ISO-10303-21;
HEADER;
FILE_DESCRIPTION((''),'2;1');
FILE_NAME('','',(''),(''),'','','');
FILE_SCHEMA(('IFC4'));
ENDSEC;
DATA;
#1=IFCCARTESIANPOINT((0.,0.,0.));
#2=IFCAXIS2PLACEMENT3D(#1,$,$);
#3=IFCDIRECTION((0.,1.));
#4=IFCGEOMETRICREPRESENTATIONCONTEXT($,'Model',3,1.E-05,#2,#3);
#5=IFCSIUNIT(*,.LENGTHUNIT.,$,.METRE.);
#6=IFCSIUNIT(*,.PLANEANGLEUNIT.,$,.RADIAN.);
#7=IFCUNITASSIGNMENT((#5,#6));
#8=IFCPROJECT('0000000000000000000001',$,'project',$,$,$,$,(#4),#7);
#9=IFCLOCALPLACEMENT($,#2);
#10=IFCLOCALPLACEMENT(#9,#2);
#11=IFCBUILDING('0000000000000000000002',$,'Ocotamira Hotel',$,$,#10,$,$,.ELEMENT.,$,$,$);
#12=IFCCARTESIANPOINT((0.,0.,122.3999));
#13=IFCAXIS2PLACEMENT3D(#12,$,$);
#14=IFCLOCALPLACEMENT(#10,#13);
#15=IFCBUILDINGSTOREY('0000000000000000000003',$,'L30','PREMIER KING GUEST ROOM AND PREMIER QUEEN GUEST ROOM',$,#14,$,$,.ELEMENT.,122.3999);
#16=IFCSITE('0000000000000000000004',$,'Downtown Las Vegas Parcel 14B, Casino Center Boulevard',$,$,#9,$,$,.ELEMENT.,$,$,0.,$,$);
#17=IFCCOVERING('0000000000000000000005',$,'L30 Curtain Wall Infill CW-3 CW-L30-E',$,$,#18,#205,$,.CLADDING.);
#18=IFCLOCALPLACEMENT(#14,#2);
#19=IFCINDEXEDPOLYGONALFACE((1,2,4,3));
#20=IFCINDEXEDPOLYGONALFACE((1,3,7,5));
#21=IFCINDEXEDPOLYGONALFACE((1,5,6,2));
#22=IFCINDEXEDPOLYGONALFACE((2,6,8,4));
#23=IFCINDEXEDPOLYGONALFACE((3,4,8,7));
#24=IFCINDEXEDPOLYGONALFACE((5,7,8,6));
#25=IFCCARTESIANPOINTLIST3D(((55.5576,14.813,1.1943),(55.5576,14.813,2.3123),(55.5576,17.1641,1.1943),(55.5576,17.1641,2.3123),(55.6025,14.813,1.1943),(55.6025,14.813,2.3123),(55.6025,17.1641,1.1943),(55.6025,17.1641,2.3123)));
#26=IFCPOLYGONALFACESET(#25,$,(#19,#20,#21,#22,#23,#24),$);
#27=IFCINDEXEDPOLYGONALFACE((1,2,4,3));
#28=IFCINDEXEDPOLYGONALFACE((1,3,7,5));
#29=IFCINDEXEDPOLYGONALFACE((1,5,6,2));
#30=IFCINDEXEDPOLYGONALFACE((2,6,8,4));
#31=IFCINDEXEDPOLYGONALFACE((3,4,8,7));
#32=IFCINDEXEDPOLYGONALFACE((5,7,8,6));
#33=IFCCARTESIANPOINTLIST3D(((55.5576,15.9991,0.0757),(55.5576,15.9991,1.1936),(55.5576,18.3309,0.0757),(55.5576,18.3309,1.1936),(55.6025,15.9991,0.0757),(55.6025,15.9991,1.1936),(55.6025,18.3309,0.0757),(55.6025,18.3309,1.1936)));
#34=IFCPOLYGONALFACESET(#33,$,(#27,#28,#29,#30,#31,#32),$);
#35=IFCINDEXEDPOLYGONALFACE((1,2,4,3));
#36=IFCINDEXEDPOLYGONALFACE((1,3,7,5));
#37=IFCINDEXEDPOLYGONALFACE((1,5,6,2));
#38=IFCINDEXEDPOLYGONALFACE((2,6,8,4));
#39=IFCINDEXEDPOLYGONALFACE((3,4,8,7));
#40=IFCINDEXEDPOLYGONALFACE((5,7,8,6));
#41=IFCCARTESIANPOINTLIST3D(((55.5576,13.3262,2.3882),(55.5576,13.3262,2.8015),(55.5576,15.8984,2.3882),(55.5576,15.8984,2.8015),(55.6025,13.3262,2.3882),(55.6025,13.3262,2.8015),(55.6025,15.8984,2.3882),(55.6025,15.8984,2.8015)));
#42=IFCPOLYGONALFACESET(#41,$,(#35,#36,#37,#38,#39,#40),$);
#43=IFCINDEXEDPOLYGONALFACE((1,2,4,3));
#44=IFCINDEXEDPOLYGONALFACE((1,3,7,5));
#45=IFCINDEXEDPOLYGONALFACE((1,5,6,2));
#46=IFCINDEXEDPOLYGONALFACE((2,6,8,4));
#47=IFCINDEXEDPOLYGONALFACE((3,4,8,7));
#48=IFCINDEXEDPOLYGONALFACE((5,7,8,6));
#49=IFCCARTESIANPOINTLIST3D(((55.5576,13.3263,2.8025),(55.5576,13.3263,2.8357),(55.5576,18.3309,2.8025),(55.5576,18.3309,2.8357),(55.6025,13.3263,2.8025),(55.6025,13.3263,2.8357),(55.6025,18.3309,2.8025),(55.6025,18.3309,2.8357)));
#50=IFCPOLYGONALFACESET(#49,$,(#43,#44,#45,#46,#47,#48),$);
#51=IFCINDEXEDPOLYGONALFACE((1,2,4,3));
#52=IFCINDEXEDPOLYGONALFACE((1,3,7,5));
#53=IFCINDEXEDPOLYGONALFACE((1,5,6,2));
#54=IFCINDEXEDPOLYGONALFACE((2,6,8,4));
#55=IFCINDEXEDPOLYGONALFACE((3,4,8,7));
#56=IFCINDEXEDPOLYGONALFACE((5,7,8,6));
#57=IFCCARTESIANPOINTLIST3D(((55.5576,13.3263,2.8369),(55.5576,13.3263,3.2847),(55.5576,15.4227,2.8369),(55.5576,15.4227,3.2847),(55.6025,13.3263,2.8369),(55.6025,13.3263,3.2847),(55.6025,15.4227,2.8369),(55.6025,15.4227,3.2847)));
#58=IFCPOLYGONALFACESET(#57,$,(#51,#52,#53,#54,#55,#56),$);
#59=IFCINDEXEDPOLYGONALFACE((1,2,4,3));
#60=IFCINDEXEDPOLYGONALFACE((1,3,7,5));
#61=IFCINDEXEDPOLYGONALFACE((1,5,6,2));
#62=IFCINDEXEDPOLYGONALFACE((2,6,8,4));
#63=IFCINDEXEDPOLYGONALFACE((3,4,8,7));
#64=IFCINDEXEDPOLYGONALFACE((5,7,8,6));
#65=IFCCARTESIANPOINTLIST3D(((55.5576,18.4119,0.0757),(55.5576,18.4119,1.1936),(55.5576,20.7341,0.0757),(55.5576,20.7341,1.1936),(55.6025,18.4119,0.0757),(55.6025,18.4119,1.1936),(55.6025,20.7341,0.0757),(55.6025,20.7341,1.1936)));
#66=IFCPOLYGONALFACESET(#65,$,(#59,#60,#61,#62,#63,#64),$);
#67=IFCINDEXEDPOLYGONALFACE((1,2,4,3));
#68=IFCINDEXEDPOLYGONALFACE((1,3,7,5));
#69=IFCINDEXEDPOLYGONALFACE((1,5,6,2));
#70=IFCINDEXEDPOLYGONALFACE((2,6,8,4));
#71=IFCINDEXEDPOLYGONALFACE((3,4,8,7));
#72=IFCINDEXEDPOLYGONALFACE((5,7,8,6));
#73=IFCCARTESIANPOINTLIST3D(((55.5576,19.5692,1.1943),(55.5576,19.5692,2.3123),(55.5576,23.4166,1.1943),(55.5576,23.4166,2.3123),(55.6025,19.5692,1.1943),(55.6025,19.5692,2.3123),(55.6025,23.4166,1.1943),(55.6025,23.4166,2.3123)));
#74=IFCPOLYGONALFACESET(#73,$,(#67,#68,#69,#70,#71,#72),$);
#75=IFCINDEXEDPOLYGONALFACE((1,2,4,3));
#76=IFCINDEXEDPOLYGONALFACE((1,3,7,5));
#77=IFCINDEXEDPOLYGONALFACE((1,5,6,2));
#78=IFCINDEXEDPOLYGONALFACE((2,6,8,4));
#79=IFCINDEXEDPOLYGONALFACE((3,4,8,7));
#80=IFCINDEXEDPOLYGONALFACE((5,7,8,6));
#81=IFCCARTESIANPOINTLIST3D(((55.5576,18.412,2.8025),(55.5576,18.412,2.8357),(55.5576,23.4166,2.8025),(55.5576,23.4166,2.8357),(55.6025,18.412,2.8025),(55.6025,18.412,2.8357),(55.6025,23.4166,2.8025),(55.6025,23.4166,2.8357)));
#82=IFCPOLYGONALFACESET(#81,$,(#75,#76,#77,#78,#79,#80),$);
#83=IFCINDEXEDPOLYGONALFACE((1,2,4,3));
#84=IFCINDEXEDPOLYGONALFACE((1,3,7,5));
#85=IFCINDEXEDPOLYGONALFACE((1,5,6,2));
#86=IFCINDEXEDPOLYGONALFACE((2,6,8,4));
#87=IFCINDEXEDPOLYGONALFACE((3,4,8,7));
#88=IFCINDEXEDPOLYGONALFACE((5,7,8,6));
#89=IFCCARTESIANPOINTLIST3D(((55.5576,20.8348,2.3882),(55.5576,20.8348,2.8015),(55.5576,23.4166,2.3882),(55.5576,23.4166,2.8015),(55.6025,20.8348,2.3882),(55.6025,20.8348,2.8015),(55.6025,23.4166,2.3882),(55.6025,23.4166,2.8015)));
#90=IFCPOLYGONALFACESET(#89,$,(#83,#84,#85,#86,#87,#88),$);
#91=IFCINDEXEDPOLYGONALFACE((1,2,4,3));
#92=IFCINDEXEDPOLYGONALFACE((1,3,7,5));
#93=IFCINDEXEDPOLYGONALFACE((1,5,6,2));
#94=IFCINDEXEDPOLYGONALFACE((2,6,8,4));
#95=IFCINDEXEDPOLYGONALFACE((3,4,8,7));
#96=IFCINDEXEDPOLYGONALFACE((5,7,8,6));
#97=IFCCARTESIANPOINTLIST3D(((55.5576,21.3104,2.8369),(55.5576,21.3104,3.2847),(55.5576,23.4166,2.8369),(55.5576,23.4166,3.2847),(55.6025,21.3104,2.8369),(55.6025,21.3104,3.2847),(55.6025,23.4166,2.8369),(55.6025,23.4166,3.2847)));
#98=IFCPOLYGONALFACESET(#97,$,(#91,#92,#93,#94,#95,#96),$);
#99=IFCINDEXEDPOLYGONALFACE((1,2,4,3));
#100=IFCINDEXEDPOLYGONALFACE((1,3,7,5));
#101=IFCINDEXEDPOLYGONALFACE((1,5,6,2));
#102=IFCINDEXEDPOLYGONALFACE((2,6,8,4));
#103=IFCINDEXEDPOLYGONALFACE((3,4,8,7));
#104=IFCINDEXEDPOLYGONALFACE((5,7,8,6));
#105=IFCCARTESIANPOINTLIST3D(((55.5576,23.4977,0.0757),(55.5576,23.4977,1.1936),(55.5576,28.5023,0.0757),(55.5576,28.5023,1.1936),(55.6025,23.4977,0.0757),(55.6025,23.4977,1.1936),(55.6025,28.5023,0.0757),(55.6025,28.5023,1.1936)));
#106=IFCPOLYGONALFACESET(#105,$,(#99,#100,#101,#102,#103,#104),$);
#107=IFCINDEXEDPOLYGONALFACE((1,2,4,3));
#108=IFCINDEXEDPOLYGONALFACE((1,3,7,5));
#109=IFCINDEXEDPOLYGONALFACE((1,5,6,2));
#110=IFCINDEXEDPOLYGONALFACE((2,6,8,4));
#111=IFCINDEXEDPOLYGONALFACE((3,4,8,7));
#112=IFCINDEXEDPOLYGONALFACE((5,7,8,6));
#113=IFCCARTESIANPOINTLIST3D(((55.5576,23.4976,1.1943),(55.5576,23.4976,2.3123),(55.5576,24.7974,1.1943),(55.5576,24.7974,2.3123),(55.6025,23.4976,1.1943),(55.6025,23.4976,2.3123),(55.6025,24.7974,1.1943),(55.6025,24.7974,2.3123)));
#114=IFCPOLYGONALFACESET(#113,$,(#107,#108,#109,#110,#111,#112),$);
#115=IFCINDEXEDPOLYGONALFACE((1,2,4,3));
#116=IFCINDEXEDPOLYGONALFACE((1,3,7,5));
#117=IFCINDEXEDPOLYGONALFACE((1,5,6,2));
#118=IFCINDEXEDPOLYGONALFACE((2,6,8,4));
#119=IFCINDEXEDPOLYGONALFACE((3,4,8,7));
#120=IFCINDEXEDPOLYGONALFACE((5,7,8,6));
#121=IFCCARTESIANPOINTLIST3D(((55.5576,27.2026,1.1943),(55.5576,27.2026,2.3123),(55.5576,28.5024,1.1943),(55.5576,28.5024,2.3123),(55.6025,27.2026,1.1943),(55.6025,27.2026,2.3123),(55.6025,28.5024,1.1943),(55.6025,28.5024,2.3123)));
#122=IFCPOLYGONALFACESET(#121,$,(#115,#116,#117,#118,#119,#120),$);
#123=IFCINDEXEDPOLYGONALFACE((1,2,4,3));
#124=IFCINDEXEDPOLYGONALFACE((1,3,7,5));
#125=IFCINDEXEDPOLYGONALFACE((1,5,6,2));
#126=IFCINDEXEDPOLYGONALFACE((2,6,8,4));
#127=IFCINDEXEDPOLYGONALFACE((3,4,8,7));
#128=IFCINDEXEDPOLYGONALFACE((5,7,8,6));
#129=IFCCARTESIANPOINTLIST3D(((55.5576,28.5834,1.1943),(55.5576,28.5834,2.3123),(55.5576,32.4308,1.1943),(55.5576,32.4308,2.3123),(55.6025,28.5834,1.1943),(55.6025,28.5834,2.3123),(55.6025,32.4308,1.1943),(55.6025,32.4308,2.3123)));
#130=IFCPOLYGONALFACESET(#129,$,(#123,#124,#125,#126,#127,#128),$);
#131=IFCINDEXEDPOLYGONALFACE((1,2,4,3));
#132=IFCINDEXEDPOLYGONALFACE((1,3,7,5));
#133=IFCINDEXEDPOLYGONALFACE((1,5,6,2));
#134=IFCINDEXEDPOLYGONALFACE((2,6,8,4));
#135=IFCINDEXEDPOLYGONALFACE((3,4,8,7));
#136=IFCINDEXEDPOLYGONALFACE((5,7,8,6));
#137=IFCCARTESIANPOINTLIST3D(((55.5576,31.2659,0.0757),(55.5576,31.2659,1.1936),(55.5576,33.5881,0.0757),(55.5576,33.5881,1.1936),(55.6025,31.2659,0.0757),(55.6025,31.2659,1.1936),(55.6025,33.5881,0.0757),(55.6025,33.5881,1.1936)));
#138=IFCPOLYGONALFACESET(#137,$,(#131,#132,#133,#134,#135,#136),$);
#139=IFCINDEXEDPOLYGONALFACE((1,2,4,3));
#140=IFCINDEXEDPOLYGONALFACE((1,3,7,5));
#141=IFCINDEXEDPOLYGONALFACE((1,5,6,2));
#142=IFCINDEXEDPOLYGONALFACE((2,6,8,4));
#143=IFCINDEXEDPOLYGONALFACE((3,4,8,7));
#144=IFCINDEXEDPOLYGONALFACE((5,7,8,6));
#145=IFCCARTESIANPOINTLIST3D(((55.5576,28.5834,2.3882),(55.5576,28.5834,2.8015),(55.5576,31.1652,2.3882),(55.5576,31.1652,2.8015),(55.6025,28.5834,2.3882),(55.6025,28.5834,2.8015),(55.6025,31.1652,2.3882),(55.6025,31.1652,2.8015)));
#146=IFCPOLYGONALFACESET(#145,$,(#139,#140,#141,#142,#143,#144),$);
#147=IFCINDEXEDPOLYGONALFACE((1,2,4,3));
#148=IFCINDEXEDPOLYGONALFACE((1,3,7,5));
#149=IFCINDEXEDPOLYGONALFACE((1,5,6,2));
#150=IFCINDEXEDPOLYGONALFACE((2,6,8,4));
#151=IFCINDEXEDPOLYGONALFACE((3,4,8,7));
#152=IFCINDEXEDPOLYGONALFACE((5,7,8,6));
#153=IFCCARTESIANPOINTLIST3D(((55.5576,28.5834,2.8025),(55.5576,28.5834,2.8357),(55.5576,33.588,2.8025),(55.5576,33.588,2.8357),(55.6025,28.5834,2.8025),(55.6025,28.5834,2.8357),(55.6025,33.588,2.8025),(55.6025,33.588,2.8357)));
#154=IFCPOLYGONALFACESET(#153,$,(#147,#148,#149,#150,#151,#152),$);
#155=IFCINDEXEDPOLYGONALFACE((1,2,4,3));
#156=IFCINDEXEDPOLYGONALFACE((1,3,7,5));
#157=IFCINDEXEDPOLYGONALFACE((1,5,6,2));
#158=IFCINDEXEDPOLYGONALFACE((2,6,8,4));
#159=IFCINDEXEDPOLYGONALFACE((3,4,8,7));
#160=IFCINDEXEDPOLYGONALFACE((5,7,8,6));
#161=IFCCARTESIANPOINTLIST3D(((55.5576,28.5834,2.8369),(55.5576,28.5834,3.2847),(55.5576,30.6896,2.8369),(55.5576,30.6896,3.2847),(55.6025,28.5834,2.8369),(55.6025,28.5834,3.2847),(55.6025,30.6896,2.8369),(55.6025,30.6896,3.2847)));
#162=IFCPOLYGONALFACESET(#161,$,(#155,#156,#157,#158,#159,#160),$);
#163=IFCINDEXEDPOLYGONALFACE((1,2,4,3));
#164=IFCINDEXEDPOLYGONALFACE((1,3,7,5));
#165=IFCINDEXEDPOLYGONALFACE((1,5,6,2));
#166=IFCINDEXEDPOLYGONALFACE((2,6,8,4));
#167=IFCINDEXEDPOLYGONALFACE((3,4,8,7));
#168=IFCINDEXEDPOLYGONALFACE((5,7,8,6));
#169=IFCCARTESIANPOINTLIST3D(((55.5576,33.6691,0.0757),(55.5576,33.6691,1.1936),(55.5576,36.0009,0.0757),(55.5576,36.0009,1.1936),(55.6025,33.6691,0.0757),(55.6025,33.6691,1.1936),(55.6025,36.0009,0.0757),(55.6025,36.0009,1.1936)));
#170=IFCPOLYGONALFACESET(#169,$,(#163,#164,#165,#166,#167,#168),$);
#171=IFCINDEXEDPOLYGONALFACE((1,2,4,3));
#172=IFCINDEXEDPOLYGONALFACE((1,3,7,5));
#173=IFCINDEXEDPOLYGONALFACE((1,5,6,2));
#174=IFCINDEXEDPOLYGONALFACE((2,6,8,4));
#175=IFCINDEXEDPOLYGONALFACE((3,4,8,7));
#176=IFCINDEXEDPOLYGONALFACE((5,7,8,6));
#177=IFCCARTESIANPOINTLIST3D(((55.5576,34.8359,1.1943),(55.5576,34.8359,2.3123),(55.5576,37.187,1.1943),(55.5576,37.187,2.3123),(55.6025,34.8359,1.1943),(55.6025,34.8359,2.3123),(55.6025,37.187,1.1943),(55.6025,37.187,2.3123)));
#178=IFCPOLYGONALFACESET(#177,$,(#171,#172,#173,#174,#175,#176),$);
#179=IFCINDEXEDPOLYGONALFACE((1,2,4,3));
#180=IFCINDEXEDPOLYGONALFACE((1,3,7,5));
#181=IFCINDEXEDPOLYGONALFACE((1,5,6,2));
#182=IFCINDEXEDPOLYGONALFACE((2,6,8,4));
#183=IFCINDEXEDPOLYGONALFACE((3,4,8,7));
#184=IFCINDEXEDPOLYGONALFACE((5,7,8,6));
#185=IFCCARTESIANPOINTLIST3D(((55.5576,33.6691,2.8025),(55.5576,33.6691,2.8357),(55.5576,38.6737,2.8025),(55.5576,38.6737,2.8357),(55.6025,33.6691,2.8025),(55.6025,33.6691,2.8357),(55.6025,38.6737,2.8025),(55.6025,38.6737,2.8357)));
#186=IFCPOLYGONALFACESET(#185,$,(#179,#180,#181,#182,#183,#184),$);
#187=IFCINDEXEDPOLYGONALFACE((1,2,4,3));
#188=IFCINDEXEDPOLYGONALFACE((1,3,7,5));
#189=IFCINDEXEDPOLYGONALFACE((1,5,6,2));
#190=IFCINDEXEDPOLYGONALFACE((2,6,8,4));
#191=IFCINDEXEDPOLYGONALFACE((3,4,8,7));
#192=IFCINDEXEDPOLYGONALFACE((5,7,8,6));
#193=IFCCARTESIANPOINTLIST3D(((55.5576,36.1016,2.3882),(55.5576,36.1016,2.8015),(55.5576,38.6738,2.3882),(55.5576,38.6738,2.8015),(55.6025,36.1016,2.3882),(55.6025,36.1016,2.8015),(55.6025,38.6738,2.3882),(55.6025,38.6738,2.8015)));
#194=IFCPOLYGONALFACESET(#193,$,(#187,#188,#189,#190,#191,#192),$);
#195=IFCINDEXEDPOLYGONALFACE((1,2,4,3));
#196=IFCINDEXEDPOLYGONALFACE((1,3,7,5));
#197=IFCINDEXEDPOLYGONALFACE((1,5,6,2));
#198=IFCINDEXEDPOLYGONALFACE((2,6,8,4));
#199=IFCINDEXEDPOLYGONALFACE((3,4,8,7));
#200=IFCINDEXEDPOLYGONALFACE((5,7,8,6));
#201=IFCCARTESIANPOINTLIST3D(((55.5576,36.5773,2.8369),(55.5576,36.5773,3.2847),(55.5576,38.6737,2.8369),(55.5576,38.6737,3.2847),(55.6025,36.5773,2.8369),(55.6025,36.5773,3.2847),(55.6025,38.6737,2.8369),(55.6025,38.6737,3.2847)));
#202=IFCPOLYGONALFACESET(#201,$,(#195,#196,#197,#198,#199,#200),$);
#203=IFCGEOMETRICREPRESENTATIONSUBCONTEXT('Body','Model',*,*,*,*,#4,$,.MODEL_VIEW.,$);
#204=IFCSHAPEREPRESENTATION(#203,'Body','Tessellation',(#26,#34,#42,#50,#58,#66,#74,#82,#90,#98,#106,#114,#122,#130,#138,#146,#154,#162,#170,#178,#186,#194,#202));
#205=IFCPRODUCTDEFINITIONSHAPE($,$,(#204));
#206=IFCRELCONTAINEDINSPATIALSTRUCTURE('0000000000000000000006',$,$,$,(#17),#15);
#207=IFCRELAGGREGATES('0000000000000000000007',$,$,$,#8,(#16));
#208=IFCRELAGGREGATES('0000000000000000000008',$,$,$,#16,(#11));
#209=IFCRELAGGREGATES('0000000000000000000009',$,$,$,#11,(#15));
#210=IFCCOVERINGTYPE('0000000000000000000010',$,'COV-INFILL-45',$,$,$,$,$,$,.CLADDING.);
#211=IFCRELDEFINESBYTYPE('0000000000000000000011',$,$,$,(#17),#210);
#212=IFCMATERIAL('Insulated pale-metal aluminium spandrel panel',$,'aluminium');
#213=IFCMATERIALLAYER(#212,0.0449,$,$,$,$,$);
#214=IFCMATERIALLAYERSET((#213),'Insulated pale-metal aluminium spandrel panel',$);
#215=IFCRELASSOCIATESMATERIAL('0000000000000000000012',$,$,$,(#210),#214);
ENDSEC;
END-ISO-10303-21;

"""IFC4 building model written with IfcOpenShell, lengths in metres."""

from ifc_helpers import new_model, si_unit, direction, frame, origin, origin_2d, place, context, subcontext, project, spatial, rectangle, extrude, material, layer, layer_set, type_object, element, save


model = new_model("IFC4")

# Units and contexts
model_context = context("Model", 3, precision=1e-05, world=origin(), true_north=direction((0.0, 1.0)))
body_context = subcontext(model_context, "Body", "Model", "MODEL_VIEW")
ifc_project = project(units=[si_unit("LENGTHUNIT", "METRE"), si_unit("PLANEANGLEUNIT", "RADIAN")], contexts=[model_context])

# Site, building, storey
site_placement = place(None, origin())
site = spatial("IfcSite", under=ifc_project, at=site_placement, Name="Downtown Las Vegas Parcel 14B, Casino Center Boulevard", CompositionType="ELEMENT", RefElevation=0.0)
building_placement = place(site_placement, origin())
building = spatial("IfcBuilding", under=site, at=building_placement, Name="Ocotamira Hotel", CompositionType="ELEMENT")
storey_placement = place(building_placement, frame((0.0, 0.0, 122.3999)))
storey = spatial("IfcBuildingStorey", under=building, at=storey_placement, Name="L30", Description="PREMIER KING GUEST ROOM AND PREMIER QUEEN GUEST ROOM", CompositionType="ELEMENT", Elevation=122.3999)

# Covering
ifc_material_1 = material(Name="Insulated pale-metal aluminium spandrel panel", Category="aluminium")
ifc_layer_1 = layer(ifc_material_1, 0.0449)
ifc_layer_set_1 = layer_set([ifc_layer_1], Name="Insulated pale-metal aluminium spandrel panel")
covering_type_1 = type_object("IfcCoveringType", Name="COV-INFILL-45", PredefinedType="CLADDING", material=ifc_layer_set_1)
covering_1_placement = place(storey_placement, origin())
element("IfcCovering", 1, at=covering_1_placement, inside=storey, type_object=covering_type_1, Name="L30 Curtain Wall Infill CW-3 CW-L30-E", PredefinedType="CLADDING", context=body_context, shape_type="SweptSolid", body=[
    extrude(rectangle(XDim=2.3511, YDim=0.0449, at=origin_2d()), frame((55.5801, 15.9885, 1.1943), z_axis=(0.0, 0.0, 1.0), x_axis=(0.0, 1.0, 0.0)), (0.0, 0.0, 1.0), 1.1179),
    extrude(rectangle(XDim=2.3318, YDim=0.0449, at=origin_2d()), frame((55.5801, 17.165, 0.0757), z_axis=(0.0, 0.0, 1.0), x_axis=(0.0, 1.0, 0.0)), (0.0, 0.0, 1.0), 1.1179),
    extrude(rectangle(XDim=2.5723, YDim=0.0449, at=origin_2d()), frame((55.5801, 14.6123, 2.3882), z_axis=(0.0, 0.0, 1.0), x_axis=(0.0, 1.0, 0.0)), (0.0, 0.0, 1.0), 0.4133),
    extrude(rectangle(XDim=5.0046, YDim=0.0449, at=origin_2d()), frame((55.5801, 15.8286, 2.8025), z_axis=(0.0, 0.0, 1.0), x_axis=(0.0, 1.0, 0.0)), (0.0, 0.0, 1.0), 0.0332),
    extrude(rectangle(XDim=2.0964, YDim=0.0449, at=origin_2d()), frame((55.5801, 14.3745, 2.8369), z_axis=(0.0, 0.0, 1.0), x_axis=(0.0, 1.0, 0.0)), (0.0, 0.0, 1.0), 0.4478),
    extrude(rectangle(XDim=2.3223, YDim=0.0449, at=origin_2d()), frame((55.5801, 19.573, 0.0757), z_axis=(0.0, 0.0, 1.0), x_axis=(0.0, 1.0, 0.0)), (0.0, 0.0, 1.0), 1.1179),
    extrude(rectangle(XDim=3.8474, YDim=0.0449, at=origin_2d()), frame((55.5801, 21.4929, 1.1943), z_axis=(0.0, 0.0, 1.0), x_axis=(0.0, 1.0, 0.0)), (0.0, 0.0, 1.0), 1.1179),
    extrude(rectangle(XDim=5.0046, YDim=0.0449, at=origin_2d()), frame((55.5801, 20.9143, 2.8025), z_axis=(0.0, 0.0, 1.0), x_axis=(0.0, 1.0, 0.0)), (0.0, 0.0, 1.0), 0.0332),
    extrude(rectangle(XDim=2.5818, YDim=0.0449, at=origin_2d()), frame((55.5801, 22.1257, 2.3882), z_axis=(0.0, 0.0, 1.0), x_axis=(0.0, 1.0, 0.0)), (0.0, 0.0, 1.0), 0.4133),
    extrude(rectangle(XDim=2.1062, YDim=0.0449, at=origin_2d()), frame((55.5801, 22.3635, 2.8369), z_axis=(0.0, 0.0, 1.0), x_axis=(0.0, 1.0, 0.0)), (0.0, 0.0, 1.0), 0.4478),
    extrude(rectangle(XDim=5.0046, YDim=0.0449, at=origin_2d()), frame((55.5801, 26.0, 0.0757), z_axis=(0.0, 0.0, 1.0), x_axis=(0.0, 1.0, 0.0)), (0.0, 0.0, 1.0), 1.1179),
    extrude(rectangle(XDim=1.2998, YDim=0.0449, at=origin_2d()), frame((55.5801, 24.1475, 1.1943), z_axis=(0.0, 0.0, 1.0), x_axis=(0.0, 1.0, 0.0)), (0.0, 0.0, 1.0), 1.1179),
    extrude(rectangle(XDim=1.2998, YDim=0.0449, at=origin_2d()), frame((55.5801, 27.8525, 1.1943), z_axis=(0.0, 0.0, 1.0), x_axis=(0.0, 1.0, 0.0)), (0.0, 0.0, 1.0), 1.1179),
    extrude(rectangle(XDim=3.8474, YDim=0.0449, at=origin_2d()), frame((55.5801, 30.5071, 1.1943), z_axis=(0.0, 0.0, 1.0), x_axis=(0.0, 1.0, 0.0)), (0.0, 0.0, 1.0), 1.1179),
    extrude(rectangle(XDim=2.3223, YDim=0.0449, at=origin_2d()), frame((55.5801, 32.427, 0.0757), z_axis=(0.0, 0.0, 1.0), x_axis=(0.0, 1.0, 0.0)), (0.0, 0.0, 1.0), 1.1179),
    extrude(rectangle(XDim=2.5818, YDim=0.0449, at=origin_2d()), frame((55.5801, 29.8743, 2.3882), z_axis=(0.0, 0.0, 1.0), x_axis=(0.0, 1.0, 0.0)), (0.0, 0.0, 1.0), 0.4133),
    extrude(rectangle(XDim=5.0046, YDim=0.0449, at=origin_2d()), frame((55.5801, 31.0857, 2.8025), z_axis=(0.0, 0.0, 1.0), x_axis=(0.0, 1.0, 0.0)), (0.0, 0.0, 1.0), 0.0332),
    extrude(rectangle(XDim=2.1062, YDim=0.0449, at=origin_2d()), frame((55.5801, 29.6365, 2.8369), z_axis=(0.0, 0.0, 1.0), x_axis=(0.0, 1.0, 0.0)), (0.0, 0.0, 1.0), 0.4478),
    extrude(rectangle(XDim=2.3318, YDim=0.0449, at=origin_2d()), frame((55.5801, 34.835, 0.0757), z_axis=(0.0, 0.0, 1.0), x_axis=(0.0, 1.0, 0.0)), (0.0, 0.0, 1.0), 1.1179),
    extrude(rectangle(XDim=2.3511, YDim=0.0449, at=origin_2d()), frame((55.5801, 36.0115, 1.1943), z_axis=(0.0, 0.0, 1.0), x_axis=(0.0, 1.0, 0.0)), (0.0, 0.0, 1.0), 1.1179),
    extrude(rectangle(XDim=5.0046, YDim=0.0449, at=origin_2d()), frame((55.5801, 36.1714, 2.8025), z_axis=(0.0, 0.0, 1.0), x_axis=(0.0, 1.0, 0.0)), (0.0, 0.0, 1.0), 0.0332),
    extrude(rectangle(XDim=2.5723, YDim=0.0449, at=origin_2d()), frame((55.5801, 37.3877, 2.3882), z_axis=(0.0, 0.0, 1.0), x_axis=(0.0, 1.0, 0.0)), (0.0, 0.0, 1.0), 0.4133),
    extrude(rectangle(XDim=2.0964, YDim=0.0449, at=origin_2d()), frame((55.5801, 37.6255, 2.8369), z_axis=(0.0, 0.0, 1.0), x_axis=(0.0, 1.0, 0.0)), (0.0, 0.0, 1.0), 0.4478),
])

save(model, "model.ifc")
